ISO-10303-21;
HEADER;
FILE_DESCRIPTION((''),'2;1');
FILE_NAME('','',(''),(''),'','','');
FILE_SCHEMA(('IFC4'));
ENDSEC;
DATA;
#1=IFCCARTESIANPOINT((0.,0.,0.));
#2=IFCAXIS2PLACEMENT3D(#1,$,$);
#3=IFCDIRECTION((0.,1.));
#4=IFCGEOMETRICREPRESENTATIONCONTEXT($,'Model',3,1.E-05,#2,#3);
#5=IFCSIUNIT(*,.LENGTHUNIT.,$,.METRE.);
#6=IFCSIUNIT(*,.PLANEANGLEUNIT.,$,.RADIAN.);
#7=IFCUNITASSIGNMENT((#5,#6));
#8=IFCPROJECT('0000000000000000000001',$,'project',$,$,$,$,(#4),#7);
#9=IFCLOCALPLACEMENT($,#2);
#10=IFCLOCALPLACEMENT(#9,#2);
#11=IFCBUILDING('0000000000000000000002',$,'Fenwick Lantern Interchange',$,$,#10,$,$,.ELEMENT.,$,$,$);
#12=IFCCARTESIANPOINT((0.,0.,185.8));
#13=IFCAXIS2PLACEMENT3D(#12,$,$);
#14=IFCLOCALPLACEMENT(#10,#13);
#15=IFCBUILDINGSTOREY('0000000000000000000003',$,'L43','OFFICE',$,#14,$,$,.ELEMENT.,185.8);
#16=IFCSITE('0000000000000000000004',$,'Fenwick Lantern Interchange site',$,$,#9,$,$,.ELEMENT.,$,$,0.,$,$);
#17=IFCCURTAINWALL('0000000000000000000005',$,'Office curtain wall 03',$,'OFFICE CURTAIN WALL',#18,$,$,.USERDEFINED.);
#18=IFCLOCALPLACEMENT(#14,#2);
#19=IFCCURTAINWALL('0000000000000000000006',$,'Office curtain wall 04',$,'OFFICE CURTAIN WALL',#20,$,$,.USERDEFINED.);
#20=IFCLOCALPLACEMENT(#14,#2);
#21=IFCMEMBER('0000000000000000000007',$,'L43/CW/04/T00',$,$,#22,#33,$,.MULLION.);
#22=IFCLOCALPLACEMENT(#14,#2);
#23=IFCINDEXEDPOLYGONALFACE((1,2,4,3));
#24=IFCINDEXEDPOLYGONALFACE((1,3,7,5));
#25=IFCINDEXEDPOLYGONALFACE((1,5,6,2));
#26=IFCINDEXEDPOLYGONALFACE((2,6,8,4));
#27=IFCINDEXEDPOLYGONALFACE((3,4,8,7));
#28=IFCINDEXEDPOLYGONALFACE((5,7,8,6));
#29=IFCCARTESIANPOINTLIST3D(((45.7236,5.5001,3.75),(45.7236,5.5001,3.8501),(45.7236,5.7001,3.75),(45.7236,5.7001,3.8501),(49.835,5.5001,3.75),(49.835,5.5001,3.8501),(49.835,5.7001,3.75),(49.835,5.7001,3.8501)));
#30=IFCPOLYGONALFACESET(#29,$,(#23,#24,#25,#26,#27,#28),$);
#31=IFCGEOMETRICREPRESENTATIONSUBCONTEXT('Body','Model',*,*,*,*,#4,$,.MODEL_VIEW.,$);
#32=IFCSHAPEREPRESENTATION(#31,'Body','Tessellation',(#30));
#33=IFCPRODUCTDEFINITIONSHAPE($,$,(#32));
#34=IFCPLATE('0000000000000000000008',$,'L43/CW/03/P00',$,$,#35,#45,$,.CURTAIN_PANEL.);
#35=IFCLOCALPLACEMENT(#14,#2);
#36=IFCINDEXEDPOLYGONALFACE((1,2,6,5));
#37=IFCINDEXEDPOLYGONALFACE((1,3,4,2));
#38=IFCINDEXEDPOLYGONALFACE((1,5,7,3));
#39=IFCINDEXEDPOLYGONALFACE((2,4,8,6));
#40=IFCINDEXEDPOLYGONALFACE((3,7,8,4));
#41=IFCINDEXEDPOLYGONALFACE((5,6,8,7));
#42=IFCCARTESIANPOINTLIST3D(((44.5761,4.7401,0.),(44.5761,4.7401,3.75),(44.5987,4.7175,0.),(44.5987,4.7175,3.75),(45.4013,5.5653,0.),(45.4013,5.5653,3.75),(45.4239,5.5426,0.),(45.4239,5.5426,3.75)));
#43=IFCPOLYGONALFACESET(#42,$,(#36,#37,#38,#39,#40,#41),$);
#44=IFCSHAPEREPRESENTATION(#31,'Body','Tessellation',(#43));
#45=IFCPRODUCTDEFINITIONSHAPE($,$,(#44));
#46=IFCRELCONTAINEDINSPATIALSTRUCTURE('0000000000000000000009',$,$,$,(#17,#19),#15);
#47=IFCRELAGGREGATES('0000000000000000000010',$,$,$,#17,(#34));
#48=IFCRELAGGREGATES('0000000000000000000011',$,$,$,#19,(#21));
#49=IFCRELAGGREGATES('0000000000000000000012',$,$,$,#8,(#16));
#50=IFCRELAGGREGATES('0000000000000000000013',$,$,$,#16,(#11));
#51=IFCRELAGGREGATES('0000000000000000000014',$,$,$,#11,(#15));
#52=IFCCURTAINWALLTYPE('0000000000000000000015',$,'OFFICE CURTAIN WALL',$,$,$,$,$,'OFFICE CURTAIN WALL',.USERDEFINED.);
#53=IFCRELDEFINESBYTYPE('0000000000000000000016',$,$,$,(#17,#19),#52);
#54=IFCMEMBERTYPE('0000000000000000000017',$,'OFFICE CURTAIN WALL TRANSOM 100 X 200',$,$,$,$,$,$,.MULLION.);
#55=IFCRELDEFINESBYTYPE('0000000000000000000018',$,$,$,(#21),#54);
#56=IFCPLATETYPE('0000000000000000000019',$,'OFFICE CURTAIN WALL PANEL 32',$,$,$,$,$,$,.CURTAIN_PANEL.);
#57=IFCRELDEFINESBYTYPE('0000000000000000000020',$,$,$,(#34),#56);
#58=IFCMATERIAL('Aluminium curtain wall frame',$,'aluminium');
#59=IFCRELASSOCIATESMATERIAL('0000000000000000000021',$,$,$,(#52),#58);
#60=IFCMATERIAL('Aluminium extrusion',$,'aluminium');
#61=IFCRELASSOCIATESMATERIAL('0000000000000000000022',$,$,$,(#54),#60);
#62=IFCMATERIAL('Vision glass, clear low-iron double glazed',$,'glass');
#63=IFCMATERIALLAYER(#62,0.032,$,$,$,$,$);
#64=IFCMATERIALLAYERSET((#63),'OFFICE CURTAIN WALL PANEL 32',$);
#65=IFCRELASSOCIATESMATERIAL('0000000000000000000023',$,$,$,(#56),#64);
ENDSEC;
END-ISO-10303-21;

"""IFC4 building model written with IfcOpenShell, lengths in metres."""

from ifc_helpers import new_model, si_unit, direction, frame, origin, origin_2d, place, context, subcontext, project, spatial, rectangle, extrude, material, layer, layer_set, material_profile, profile_set, type_object, element, aggregate, save


model = new_model("IFC4")

# Units and contexts
model_context = context("Model", 3, precision=1e-05, world=origin(), true_north=direction((0.0, 1.0)))
body_context = subcontext(model_context, "Body", "Model", "MODEL_VIEW")
ifc_project = project(units=[si_unit("LENGTHUNIT", "METRE"), si_unit("PLANEANGLEUNIT", "RADIAN")], contexts=[model_context])

# Site, building, storey
site_placement = place(None, origin())
site = spatial("IfcSite", under=ifc_project, at=site_placement, Name="Fenwick Lantern Interchange site", CompositionType="ELEMENT", RefElevation=0.0)
building_placement = place(site_placement, origin())
building = spatial("IfcBuilding", under=site, at=building_placement, Name="Fenwick Lantern Interchange", CompositionType="ELEMENT")
storey_placement = place(building_placement, frame((0.0, 0.0, 185.8)))
storey = spatial("IfcBuildingStorey", under=building, at=storey_placement, Name="L43", Description="OFFICE", CompositionType="ELEMENT", Elevation=185.8)

# Shared definitions
ifc_material_1 = material(Name="Aluminium curtain wall frame", Category="aluminium")
curtain_wall_type = type_object("IfcCurtainWallType", Name="OFFICE CURTAIN WALL", ElementType="OFFICE CURTAIN WALL", PredefinedType="USERDEFINED", material=ifc_material_1)
ifc_material_2 = material(Name="Aluminium extrusion", Category="aluminium")

# Curtain walls
curtain_wall_1_placement = place(storey_placement, origin())
curtain_wall_1 = element("IfcCurtainWall", 1, at=curtain_wall_1_placement, inside=storey, type_object=curtain_wall_type, Name="Office curtain wall 03", ObjectType="OFFICE CURTAIN WALL", PredefinedType="USERDEFINED")
curtain_wall_2_placement = place(storey_placement, origin())
curtain_wall_2 = element("IfcCurtainWall", 2, at=curtain_wall_2_placement, inside=storey, type_object=curtain_wall_type, Name="Office curtain wall 04", ObjectType="OFFICE CURTAIN WALL", PredefinedType="USERDEFINED")

# Member
ifc_material_profile_1 = material_profile(ifc_material_2, rectangle(XDim=0.2, YDim=0.1001, at=origin_2d()), Name="OFFICE CURTAIN WALL TRANSOM 100 X 200")
ifc_profile_set_1 = profile_set([ifc_material_profile_1], Name="Aluminium extrusion")
member_type_1 = type_object("IfcMemberType", Name="OFFICE CURTAIN WALL TRANSOM 100 X 200", PredefinedType="MULLION", material=ifc_profile_set_1)
member_1_placement = place(storey_placement, frame((45.7236, 5.6001, 3.8), z_axis=(1.0, 0.0, 0.0), x_axis=(0.0, 1.0, 0.0)))
member_1 = element("IfcMember", 3, at=member_1_placement, type_object=member_type_1, Name="L43/CW/04/T00", PredefinedType="MULLION", context=body_context, shape_type="SweptSolid", body=[
    extrude(rectangle(XDim=0.2, YDim=0.1001, at=origin_2d()), origin(), (0.0, 0.0, 1.0), 4.1113),
])

# Plate
ifc_material_3 = material(Name="Vision glass, clear low-iron double glazed", Category="glass")
ifc_layer_1 = layer(ifc_material_3, 0.032)
ifc_layer_set_1 = layer_set([ifc_layer_1], Name="OFFICE CURTAIN WALL PANEL 32")
plate_type = type_object("IfcPlateType", Name="OFFICE CURTAIN WALL PANEL 32", PredefinedType="CURTAIN_PANEL", material=ifc_layer_set_1)
plate_1_placement = place(storey_placement, frame((45.0, 5.1414, 0.0), z_axis=(0.0, 0.0, 1.0), x_axis=(0.707107, 0.707107, 0.0)))
plate_1 = element("IfcPlate", 4, at=plate_1_placement, type_object=plate_type, Name="L43/CW/03/P00", PredefinedType="CURTAIN_PANEL", context=body_context, shape_type="SweptSolid", body=[
    extrude(rectangle(XDim=1.167, YDim=0.032, at=origin_2d()), origin(), (0.0, 0.0, 1.0), 3.75),
])
aggregate(curtain_wall_1, [plate_1])
aggregate(curtain_wall_2, [member_1])

save(model, "model.ifc")
